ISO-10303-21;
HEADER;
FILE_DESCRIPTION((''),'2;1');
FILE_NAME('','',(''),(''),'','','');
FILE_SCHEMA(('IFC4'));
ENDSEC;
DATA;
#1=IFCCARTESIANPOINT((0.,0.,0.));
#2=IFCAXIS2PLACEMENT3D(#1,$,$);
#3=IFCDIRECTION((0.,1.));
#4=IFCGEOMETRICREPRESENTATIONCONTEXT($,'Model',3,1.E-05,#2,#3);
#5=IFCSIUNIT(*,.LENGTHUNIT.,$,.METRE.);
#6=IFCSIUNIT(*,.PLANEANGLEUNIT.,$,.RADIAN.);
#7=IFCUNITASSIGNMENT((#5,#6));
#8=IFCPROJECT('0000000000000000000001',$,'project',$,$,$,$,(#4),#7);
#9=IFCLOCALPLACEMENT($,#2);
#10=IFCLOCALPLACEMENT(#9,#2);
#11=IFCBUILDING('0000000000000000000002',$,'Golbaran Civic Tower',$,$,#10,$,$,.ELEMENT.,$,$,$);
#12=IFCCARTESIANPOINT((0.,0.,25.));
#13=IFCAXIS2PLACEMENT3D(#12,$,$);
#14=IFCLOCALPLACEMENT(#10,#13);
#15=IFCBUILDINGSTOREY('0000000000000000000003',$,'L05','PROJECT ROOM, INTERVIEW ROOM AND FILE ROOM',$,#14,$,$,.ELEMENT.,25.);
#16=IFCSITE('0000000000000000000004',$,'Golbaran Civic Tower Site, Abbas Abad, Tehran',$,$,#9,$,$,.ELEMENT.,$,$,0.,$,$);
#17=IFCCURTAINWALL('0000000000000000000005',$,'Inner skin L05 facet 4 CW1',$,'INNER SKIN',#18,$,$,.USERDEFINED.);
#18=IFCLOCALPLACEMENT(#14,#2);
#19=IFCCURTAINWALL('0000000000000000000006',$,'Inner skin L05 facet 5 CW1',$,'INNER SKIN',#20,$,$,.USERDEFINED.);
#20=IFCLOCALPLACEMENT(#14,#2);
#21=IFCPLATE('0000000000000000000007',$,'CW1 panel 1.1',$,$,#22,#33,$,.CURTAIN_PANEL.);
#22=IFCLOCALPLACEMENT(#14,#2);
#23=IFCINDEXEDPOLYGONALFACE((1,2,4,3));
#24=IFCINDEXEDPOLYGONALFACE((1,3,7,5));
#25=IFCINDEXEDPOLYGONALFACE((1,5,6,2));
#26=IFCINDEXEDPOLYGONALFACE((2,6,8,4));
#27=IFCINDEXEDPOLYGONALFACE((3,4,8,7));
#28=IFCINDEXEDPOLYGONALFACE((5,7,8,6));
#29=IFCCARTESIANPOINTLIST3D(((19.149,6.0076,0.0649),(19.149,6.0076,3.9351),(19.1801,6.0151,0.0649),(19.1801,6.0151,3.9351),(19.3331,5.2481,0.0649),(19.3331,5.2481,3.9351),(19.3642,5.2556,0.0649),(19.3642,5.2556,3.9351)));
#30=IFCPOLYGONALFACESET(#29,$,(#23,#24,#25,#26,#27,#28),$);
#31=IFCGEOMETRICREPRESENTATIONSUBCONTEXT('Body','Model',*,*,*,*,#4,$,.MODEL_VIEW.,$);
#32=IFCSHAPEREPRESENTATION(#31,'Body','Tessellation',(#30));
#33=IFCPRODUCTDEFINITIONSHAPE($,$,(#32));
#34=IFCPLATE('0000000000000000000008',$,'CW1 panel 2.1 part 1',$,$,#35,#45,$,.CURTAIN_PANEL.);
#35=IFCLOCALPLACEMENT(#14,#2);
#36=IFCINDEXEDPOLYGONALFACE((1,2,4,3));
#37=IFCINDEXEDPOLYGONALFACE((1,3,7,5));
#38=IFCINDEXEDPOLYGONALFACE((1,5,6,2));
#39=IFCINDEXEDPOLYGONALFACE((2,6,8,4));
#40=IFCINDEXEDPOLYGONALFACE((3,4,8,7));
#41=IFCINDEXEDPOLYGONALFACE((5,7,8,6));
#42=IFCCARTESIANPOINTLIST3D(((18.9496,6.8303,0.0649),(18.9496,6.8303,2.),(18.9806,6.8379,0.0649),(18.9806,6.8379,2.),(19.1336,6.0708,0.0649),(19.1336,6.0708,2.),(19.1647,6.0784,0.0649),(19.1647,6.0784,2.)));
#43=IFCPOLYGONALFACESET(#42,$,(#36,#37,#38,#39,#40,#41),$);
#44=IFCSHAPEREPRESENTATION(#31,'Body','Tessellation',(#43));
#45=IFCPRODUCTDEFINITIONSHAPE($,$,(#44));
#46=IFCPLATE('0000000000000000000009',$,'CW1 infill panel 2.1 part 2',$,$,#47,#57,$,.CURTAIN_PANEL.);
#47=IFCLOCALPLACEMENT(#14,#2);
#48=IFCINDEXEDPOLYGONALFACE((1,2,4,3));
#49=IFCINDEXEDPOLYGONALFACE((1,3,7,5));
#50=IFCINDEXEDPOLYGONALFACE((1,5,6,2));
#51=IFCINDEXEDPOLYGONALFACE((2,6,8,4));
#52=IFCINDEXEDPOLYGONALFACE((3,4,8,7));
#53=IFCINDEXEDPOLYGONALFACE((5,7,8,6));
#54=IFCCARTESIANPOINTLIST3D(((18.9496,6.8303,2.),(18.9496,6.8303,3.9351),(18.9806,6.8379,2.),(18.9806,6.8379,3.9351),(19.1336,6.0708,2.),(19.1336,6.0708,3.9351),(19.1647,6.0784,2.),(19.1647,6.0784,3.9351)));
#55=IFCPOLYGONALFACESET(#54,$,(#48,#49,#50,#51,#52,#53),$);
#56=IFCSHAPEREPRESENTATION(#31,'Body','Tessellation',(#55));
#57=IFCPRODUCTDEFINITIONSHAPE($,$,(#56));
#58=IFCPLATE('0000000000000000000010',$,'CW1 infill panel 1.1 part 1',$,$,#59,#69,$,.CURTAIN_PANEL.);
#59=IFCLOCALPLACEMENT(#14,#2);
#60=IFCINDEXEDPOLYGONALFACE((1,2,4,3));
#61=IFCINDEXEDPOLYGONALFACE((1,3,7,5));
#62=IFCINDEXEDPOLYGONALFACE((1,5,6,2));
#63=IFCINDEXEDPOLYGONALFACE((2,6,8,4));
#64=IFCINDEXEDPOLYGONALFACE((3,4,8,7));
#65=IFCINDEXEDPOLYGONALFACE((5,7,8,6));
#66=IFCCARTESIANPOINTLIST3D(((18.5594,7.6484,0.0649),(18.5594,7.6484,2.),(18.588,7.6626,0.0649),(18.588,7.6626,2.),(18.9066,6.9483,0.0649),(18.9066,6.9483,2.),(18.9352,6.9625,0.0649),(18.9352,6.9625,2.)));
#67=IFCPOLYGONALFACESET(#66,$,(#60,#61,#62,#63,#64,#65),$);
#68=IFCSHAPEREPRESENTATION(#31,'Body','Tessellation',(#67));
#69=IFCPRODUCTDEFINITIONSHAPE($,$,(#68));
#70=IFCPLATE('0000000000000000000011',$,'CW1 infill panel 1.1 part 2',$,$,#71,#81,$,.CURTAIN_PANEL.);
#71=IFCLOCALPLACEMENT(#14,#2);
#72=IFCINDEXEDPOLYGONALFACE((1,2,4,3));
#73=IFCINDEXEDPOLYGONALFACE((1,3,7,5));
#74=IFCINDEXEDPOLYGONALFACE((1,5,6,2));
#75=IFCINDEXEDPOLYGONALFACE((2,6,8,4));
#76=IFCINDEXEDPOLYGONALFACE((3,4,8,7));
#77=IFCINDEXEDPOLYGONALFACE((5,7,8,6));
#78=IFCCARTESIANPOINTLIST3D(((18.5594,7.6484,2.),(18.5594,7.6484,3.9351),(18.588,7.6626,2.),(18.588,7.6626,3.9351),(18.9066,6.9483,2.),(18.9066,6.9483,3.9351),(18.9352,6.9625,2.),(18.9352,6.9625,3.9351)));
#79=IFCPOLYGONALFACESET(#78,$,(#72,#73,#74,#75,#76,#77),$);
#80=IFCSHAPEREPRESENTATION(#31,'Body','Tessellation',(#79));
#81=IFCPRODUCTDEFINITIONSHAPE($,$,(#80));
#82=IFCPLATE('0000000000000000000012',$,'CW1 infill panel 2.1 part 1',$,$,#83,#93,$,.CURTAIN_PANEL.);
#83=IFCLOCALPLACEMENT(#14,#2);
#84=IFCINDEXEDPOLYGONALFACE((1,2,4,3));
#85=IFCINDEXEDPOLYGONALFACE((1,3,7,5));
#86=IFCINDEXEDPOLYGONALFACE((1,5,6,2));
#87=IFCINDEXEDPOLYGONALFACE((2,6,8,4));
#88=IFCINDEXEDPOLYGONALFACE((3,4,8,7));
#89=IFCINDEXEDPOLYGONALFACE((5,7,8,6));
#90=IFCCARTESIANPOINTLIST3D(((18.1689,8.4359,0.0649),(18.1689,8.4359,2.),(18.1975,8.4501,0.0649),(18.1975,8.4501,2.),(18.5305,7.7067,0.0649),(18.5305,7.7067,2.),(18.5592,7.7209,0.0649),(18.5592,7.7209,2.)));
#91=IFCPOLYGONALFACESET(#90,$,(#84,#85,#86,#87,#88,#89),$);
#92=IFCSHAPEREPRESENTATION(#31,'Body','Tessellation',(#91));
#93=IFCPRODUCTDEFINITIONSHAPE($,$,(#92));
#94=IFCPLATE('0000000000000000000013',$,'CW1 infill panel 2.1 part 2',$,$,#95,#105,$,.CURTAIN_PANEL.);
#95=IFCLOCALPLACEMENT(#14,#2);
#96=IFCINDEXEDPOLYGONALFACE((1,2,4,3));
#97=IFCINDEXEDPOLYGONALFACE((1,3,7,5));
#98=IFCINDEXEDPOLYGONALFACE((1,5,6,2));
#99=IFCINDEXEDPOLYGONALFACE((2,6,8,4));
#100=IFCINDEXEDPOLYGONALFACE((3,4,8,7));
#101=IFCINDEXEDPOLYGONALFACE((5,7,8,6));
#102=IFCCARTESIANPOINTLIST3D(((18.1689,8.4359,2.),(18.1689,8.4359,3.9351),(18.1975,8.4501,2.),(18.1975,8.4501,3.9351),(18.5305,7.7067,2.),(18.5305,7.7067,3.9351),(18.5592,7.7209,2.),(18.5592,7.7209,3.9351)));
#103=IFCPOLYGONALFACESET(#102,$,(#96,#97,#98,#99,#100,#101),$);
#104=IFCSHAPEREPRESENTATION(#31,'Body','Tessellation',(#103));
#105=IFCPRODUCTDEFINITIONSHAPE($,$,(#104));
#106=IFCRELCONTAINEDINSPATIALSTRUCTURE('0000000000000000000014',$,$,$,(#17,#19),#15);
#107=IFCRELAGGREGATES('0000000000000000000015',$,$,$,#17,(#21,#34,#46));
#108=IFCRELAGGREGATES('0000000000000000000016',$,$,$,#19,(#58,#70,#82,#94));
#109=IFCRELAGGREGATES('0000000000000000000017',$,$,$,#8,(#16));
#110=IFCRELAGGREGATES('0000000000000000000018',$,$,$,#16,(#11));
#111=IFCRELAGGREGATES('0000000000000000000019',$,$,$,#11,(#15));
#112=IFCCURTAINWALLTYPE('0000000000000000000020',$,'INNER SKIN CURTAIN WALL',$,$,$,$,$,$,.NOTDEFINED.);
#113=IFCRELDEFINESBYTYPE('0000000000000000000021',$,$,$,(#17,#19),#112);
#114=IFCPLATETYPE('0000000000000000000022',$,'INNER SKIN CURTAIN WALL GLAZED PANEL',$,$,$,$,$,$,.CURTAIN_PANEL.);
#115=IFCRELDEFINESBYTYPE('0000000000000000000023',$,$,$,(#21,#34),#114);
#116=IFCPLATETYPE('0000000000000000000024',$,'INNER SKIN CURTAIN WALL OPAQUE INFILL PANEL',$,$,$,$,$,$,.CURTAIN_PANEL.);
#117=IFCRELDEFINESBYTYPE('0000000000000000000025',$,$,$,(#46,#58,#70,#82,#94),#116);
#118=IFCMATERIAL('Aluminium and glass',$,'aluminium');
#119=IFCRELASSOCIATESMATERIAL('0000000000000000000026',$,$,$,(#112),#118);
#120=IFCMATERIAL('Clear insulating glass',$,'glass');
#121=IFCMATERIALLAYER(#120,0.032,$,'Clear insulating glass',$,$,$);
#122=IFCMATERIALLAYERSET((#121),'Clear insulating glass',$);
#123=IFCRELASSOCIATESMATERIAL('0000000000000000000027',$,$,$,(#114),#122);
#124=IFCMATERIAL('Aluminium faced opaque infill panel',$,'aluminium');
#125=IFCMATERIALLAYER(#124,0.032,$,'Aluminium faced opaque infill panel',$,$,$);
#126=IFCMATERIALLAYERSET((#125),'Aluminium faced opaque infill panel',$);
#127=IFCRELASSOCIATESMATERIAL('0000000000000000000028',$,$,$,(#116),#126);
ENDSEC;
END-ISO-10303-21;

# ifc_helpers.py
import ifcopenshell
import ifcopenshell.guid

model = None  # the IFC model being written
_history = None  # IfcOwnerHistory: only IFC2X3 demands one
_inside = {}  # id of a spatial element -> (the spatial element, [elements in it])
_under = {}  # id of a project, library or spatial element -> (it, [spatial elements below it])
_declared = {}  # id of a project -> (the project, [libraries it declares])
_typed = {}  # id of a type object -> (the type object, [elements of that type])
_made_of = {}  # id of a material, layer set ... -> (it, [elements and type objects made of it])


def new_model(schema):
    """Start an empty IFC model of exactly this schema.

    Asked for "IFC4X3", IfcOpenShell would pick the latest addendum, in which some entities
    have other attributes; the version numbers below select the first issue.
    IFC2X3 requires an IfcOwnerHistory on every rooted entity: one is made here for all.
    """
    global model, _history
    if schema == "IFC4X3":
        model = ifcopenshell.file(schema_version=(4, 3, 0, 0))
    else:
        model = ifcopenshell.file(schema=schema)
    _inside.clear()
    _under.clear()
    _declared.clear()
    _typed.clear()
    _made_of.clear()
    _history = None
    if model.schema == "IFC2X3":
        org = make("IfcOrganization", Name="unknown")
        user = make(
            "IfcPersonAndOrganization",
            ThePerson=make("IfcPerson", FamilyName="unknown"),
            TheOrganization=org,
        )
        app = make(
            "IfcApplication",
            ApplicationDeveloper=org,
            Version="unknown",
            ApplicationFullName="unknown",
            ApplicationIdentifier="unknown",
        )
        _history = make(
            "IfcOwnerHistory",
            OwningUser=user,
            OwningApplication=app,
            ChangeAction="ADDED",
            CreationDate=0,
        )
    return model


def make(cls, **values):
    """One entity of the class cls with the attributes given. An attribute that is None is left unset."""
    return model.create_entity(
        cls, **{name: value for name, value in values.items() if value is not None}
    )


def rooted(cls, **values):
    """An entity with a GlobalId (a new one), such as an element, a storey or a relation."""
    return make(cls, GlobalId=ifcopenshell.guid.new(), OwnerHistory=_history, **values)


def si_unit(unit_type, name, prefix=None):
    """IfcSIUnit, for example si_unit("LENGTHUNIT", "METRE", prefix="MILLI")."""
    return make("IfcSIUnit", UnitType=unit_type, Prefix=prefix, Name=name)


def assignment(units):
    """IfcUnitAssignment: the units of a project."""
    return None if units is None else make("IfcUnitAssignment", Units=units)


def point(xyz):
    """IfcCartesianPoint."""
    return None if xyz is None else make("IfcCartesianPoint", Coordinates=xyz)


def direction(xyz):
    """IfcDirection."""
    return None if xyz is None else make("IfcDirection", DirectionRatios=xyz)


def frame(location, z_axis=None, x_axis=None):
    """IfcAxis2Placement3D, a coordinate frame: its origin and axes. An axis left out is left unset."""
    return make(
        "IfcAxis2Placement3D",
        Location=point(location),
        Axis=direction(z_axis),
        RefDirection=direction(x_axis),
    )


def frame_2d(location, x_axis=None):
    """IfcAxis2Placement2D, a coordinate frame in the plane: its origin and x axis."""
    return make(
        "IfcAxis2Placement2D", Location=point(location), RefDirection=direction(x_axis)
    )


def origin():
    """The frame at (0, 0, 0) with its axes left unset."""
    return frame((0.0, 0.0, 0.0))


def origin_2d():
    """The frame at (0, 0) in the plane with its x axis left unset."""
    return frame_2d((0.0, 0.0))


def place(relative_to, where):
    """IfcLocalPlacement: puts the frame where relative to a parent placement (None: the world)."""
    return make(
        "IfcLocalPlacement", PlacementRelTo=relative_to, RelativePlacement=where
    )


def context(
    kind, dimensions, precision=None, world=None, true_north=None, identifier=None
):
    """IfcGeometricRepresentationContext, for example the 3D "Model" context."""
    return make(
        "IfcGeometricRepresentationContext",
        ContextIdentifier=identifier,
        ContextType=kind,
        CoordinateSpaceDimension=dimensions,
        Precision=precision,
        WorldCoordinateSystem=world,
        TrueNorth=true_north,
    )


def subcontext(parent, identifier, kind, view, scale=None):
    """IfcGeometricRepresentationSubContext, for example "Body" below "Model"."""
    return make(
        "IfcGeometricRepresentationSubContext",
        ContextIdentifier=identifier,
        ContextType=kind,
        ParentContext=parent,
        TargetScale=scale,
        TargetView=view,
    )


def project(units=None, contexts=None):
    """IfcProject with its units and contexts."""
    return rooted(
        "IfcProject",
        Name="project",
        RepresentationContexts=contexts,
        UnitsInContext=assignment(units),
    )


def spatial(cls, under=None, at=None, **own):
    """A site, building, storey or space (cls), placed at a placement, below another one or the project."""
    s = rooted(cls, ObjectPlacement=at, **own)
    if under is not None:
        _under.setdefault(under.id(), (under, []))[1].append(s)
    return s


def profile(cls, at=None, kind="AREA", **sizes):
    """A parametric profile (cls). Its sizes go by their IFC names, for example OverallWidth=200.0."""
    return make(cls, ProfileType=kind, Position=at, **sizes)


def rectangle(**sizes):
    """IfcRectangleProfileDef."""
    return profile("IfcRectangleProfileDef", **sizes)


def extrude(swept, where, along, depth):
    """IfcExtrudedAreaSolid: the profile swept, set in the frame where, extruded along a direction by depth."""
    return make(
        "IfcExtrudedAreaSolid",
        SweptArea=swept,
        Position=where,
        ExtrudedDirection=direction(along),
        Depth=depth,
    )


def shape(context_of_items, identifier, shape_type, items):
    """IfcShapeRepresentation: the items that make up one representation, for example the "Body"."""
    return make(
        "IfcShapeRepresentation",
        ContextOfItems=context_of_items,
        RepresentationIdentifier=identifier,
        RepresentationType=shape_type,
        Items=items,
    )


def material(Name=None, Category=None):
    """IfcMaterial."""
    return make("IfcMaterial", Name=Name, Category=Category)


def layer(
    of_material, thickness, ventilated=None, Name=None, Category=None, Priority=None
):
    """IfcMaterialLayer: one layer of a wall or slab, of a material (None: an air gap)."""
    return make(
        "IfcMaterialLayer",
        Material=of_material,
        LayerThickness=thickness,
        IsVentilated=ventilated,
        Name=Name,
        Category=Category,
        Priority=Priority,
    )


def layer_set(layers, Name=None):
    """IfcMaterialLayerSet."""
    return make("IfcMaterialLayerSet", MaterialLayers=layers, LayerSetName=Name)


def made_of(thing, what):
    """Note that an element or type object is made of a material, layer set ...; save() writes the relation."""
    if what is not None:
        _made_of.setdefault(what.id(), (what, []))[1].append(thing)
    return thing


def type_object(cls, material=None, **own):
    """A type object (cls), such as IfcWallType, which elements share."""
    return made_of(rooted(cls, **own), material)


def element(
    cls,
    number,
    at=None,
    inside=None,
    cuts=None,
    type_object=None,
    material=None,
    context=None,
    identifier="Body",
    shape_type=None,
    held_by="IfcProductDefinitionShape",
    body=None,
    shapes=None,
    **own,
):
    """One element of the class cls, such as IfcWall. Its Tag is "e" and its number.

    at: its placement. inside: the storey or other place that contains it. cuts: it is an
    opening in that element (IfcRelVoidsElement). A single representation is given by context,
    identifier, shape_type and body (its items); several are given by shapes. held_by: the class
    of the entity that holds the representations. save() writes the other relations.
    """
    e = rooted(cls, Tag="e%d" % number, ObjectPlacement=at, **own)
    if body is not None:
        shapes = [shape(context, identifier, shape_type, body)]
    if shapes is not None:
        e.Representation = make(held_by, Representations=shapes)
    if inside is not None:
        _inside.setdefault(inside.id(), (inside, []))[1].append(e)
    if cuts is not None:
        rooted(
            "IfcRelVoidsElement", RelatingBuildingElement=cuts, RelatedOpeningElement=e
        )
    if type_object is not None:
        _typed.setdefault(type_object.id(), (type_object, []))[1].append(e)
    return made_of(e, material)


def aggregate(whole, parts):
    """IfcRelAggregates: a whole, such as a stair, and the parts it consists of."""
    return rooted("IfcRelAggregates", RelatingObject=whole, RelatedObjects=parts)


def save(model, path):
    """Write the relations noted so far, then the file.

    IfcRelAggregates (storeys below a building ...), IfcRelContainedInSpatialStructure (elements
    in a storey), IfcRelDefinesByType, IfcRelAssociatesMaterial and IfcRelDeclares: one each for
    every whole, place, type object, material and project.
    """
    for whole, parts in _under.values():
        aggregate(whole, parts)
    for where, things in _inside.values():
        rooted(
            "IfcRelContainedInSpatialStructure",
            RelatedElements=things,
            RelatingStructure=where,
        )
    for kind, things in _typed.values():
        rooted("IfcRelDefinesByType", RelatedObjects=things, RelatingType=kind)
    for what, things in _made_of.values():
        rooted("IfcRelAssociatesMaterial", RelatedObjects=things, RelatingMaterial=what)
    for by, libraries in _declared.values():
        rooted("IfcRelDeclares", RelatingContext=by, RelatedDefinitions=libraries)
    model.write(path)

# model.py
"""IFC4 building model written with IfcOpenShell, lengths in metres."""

from ifc_helpers import new_model, si_unit, direction, frame, origin, origin_2d, place, context, subcontext, project, spatial, rectangle, extrude, material, layer, layer_set, type_object, element, aggregate, save


model = new_model("IFC4")

# Units and contexts
model_context = context("Model", 3, precision=1e-05, world=origin(), true_north=direction((0.0, 1.0)))
body_context = subcontext(model_context, "Body", "Model", "MODEL_VIEW")
ifc_project = project(units=[si_unit("LENGTHUNIT", "METRE"), si_unit("PLANEANGLEUNIT", "RADIAN")], contexts=[model_context])

# Site, building, storey
site_placement = place(None, origin())
site = spatial("IfcSite", under=ifc_project, at=site_placement, Name="Golbaran Civic Tower Site, Abbas Abad, Tehran", CompositionType="ELEMENT", RefElevation=0.0)
building_placement = place(site_placement, origin())
building = spatial("IfcBuilding", under=site, at=building_placement, Name="Golbaran Civic Tower", CompositionType="ELEMENT")
storey_placement = place(building_placement, frame((0.0, 0.0, 25.0)))
storey = spatial("IfcBuildingStorey", under=building, at=storey_placement, Name="L05", Description="PROJECT ROOM, INTERVIEW ROOM AND FILE ROOM", CompositionType="ELEMENT", Elevation=25.0)

# Shared definitions
ifc_material_1 = material(Name="Aluminium and glass", Category="aluminium")
curtain_wall_type = type_object("IfcCurtainWallType", Name="INNER SKIN CURTAIN WALL", PredefinedType="NOTDEFINED", material=ifc_material_1)

# Curtain walls
curtain_wall_1_placement = place(storey_placement, origin())
curtain_wall_1 = element("IfcCurtainWall", 1, at=curtain_wall_1_placement, inside=storey, type_object=curtain_wall_type, Name="Inner skin L05 facet 4 CW1", ObjectType="INNER SKIN", PredefinedType="USERDEFINED")
curtain_wall_2_placement = place(storey_placement, origin())
curtain_wall_2 = element("IfcCurtainWall", 2, at=curtain_wall_2_placement, inside=storey, type_object=curtain_wall_type, Name="Inner skin L05 facet 5 CW1", ObjectType="INNER SKIN", PredefinedType="USERDEFINED")

# Plates
ifc_material_2 = material(Name="Clear insulating glass", Category="glass")
ifc_layer_1 = layer(ifc_material_2, 0.032, Name="Clear insulating glass")
ifc_layer_set_1 = layer_set([ifc_layer_1], Name="Clear insulating glass")
plate_type_1 = type_object("IfcPlateType", Name="INNER SKIN CURTAIN WALL GLAZED PANEL", PredefinedType="CURTAIN_PANEL", material=ifc_layer_set_1)
plate_1_placement = place(storey_placement, frame((19.2566, 5.6316, 0.0649), z_axis=(0.0, 0.0, 1.0), x_axis=(-0.235525, 0.971868, 0.0)))
plate_1 = element("IfcPlate", 3, at=plate_1_placement, type_object=plate_type_1, Name="CW1 panel 1.1", PredefinedType="CURTAIN_PANEL", context=body_context, shape_type="SweptSolid", body=[
    extrude(rectangle(XDim=0.7815, YDim=0.032, at=origin_2d()), origin(), (0.0, 0.0, 1.0), 3.8701),
])
plate_2_placement = place(storey_placement, frame((19.0571, 6.4543, 0.0649), z_axis=(0.0, 0.0, 1.0), x_axis=(-0.235525, 0.971868, 0.0)))
plate_2 = element("IfcPlate", 4, at=plate_2_placement, type_object=plate_type_1, Name="CW1 panel 2.1 part 1", PredefinedType="CURTAIN_PANEL", context=body_context, shape_type="SweptSolid", body=[
    extrude(rectangle(XDim=0.7815, YDim=0.032, at=origin_2d()), origin(), (0.0, 0.0, 1.0), 1.9351),
])
ifc_material_3 = material(Name="Aluminium faced opaque infill panel", Category="aluminium")
ifc_layer_2 = layer(ifc_material_3, 0.032, Name="Aluminium faced opaque infill panel")
ifc_layer_set_2 = layer_set([ifc_layer_2], Name="Aluminium faced opaque infill panel")
plate_type_2 = type_object("IfcPlateType", Name="INNER SKIN CURTAIN WALL OPAQUE INFILL PANEL", PredefinedType="CURTAIN_PANEL", material=ifc_layer_set_2)
plate_3_placement = place(storey_placement, frame((19.0571, 6.4543, 2.0), z_axis=(0.0, 0.0, 1.0), x_axis=(-0.235525, 0.971868, 0.0)))
plate_3 = element("IfcPlate", 5, at=plate_3_placement, type_object=plate_type_2, Name="CW1 infill panel 2.1 part 2", PredefinedType="CURTAIN_PANEL", context=body_context, shape_type="SweptSolid", body=[
    extrude(rectangle(XDim=0.7815, YDim=0.032, at=origin_2d()), origin(), (0.0, 0.0, 1.0), 1.9351),
])
aggregate(curtain_wall_1, [plate_1, plate_2, plate_3])
plate_4_placement = place(storey_placement, frame((18.7473, 7.3054, 0.0649), z_axis=(0.0, 0.0, 1.0), x_axis=(-0.444283, 0.895887, 0.0)))
plate_4 = element("IfcPlate", 6, at=plate_4_placement, type_object=plate_type_2, Name="CW1 infill panel 1.1 part 1", PredefinedType="CURTAIN_PANEL", context=body_context, shape_type="SweptSolid", body=[
    extrude(rectangle(XDim=0.7815, YDim=0.032, at=origin_2d()), origin(), (0.0, 0.0, 1.0), 1.9351),
])
plate_5_placement = place(storey_placement, frame((18.7473, 7.3054, 2.0), z_axis=(0.0, 0.0, 1.0), x_axis=(-0.444283, 0.895887, 0.0)))
plate_5 = element("IfcPlate", 7, at=plate_5_placement, type_object=plate_type_2, Name="CW1 infill panel 1.1 part 2", PredefinedType="CURTAIN_PANEL", context=body_context, shape_type="SweptSolid", body=[
    extrude(rectangle(XDim=0.7815, YDim=0.032, at=origin_2d()), origin(), (0.0, 0.0, 1.0), 1.9351),
])
plate_6_placement = place(storey_placement, frame((18.364, 8.0784, 0.0649), z_axis=(0.0, 0.0, 1.0), x_axis=(-0.444283, 0.895887, 0.0)))
plate_6 = element("IfcPlate", 8, at=plate_6_placement, type_object=plate_type_2, Name="CW1 infill panel 2.1 part 1", PredefinedType="CURTAIN_PANEL", context=body_context, shape_type="SweptSolid", body=[
    extrude(rectangle(XDim=0.814, YDim=0.032, at=origin_2d()), origin(), (0.0, 0.0, 1.0), 1.9351),
])
plate_7_placement = place(storey_placement, frame((18.364, 8.0784, 2.0), z_axis=(0.0, 0.0, 1.0), x_axis=(-0.444283, 0.895887, 0.0)))
plate_7 = element("IfcPlate", 9, at=plate_7_placement, type_object=plate_type_2, Name="CW1 infill panel 2.1 part 2", PredefinedType="CURTAIN_PANEL", context=body_context, shape_type="SweptSolid", body=[
    extrude(rectangle(XDim=0.814, YDim=0.032, at=origin_2d()), origin(), (0.0, 0.0, 1.0), 1.9351),
])
aggregate(curtain_wall_2, [plate_4, plate_5, plate_6, plate_7])

save(model, "model.ifc")
